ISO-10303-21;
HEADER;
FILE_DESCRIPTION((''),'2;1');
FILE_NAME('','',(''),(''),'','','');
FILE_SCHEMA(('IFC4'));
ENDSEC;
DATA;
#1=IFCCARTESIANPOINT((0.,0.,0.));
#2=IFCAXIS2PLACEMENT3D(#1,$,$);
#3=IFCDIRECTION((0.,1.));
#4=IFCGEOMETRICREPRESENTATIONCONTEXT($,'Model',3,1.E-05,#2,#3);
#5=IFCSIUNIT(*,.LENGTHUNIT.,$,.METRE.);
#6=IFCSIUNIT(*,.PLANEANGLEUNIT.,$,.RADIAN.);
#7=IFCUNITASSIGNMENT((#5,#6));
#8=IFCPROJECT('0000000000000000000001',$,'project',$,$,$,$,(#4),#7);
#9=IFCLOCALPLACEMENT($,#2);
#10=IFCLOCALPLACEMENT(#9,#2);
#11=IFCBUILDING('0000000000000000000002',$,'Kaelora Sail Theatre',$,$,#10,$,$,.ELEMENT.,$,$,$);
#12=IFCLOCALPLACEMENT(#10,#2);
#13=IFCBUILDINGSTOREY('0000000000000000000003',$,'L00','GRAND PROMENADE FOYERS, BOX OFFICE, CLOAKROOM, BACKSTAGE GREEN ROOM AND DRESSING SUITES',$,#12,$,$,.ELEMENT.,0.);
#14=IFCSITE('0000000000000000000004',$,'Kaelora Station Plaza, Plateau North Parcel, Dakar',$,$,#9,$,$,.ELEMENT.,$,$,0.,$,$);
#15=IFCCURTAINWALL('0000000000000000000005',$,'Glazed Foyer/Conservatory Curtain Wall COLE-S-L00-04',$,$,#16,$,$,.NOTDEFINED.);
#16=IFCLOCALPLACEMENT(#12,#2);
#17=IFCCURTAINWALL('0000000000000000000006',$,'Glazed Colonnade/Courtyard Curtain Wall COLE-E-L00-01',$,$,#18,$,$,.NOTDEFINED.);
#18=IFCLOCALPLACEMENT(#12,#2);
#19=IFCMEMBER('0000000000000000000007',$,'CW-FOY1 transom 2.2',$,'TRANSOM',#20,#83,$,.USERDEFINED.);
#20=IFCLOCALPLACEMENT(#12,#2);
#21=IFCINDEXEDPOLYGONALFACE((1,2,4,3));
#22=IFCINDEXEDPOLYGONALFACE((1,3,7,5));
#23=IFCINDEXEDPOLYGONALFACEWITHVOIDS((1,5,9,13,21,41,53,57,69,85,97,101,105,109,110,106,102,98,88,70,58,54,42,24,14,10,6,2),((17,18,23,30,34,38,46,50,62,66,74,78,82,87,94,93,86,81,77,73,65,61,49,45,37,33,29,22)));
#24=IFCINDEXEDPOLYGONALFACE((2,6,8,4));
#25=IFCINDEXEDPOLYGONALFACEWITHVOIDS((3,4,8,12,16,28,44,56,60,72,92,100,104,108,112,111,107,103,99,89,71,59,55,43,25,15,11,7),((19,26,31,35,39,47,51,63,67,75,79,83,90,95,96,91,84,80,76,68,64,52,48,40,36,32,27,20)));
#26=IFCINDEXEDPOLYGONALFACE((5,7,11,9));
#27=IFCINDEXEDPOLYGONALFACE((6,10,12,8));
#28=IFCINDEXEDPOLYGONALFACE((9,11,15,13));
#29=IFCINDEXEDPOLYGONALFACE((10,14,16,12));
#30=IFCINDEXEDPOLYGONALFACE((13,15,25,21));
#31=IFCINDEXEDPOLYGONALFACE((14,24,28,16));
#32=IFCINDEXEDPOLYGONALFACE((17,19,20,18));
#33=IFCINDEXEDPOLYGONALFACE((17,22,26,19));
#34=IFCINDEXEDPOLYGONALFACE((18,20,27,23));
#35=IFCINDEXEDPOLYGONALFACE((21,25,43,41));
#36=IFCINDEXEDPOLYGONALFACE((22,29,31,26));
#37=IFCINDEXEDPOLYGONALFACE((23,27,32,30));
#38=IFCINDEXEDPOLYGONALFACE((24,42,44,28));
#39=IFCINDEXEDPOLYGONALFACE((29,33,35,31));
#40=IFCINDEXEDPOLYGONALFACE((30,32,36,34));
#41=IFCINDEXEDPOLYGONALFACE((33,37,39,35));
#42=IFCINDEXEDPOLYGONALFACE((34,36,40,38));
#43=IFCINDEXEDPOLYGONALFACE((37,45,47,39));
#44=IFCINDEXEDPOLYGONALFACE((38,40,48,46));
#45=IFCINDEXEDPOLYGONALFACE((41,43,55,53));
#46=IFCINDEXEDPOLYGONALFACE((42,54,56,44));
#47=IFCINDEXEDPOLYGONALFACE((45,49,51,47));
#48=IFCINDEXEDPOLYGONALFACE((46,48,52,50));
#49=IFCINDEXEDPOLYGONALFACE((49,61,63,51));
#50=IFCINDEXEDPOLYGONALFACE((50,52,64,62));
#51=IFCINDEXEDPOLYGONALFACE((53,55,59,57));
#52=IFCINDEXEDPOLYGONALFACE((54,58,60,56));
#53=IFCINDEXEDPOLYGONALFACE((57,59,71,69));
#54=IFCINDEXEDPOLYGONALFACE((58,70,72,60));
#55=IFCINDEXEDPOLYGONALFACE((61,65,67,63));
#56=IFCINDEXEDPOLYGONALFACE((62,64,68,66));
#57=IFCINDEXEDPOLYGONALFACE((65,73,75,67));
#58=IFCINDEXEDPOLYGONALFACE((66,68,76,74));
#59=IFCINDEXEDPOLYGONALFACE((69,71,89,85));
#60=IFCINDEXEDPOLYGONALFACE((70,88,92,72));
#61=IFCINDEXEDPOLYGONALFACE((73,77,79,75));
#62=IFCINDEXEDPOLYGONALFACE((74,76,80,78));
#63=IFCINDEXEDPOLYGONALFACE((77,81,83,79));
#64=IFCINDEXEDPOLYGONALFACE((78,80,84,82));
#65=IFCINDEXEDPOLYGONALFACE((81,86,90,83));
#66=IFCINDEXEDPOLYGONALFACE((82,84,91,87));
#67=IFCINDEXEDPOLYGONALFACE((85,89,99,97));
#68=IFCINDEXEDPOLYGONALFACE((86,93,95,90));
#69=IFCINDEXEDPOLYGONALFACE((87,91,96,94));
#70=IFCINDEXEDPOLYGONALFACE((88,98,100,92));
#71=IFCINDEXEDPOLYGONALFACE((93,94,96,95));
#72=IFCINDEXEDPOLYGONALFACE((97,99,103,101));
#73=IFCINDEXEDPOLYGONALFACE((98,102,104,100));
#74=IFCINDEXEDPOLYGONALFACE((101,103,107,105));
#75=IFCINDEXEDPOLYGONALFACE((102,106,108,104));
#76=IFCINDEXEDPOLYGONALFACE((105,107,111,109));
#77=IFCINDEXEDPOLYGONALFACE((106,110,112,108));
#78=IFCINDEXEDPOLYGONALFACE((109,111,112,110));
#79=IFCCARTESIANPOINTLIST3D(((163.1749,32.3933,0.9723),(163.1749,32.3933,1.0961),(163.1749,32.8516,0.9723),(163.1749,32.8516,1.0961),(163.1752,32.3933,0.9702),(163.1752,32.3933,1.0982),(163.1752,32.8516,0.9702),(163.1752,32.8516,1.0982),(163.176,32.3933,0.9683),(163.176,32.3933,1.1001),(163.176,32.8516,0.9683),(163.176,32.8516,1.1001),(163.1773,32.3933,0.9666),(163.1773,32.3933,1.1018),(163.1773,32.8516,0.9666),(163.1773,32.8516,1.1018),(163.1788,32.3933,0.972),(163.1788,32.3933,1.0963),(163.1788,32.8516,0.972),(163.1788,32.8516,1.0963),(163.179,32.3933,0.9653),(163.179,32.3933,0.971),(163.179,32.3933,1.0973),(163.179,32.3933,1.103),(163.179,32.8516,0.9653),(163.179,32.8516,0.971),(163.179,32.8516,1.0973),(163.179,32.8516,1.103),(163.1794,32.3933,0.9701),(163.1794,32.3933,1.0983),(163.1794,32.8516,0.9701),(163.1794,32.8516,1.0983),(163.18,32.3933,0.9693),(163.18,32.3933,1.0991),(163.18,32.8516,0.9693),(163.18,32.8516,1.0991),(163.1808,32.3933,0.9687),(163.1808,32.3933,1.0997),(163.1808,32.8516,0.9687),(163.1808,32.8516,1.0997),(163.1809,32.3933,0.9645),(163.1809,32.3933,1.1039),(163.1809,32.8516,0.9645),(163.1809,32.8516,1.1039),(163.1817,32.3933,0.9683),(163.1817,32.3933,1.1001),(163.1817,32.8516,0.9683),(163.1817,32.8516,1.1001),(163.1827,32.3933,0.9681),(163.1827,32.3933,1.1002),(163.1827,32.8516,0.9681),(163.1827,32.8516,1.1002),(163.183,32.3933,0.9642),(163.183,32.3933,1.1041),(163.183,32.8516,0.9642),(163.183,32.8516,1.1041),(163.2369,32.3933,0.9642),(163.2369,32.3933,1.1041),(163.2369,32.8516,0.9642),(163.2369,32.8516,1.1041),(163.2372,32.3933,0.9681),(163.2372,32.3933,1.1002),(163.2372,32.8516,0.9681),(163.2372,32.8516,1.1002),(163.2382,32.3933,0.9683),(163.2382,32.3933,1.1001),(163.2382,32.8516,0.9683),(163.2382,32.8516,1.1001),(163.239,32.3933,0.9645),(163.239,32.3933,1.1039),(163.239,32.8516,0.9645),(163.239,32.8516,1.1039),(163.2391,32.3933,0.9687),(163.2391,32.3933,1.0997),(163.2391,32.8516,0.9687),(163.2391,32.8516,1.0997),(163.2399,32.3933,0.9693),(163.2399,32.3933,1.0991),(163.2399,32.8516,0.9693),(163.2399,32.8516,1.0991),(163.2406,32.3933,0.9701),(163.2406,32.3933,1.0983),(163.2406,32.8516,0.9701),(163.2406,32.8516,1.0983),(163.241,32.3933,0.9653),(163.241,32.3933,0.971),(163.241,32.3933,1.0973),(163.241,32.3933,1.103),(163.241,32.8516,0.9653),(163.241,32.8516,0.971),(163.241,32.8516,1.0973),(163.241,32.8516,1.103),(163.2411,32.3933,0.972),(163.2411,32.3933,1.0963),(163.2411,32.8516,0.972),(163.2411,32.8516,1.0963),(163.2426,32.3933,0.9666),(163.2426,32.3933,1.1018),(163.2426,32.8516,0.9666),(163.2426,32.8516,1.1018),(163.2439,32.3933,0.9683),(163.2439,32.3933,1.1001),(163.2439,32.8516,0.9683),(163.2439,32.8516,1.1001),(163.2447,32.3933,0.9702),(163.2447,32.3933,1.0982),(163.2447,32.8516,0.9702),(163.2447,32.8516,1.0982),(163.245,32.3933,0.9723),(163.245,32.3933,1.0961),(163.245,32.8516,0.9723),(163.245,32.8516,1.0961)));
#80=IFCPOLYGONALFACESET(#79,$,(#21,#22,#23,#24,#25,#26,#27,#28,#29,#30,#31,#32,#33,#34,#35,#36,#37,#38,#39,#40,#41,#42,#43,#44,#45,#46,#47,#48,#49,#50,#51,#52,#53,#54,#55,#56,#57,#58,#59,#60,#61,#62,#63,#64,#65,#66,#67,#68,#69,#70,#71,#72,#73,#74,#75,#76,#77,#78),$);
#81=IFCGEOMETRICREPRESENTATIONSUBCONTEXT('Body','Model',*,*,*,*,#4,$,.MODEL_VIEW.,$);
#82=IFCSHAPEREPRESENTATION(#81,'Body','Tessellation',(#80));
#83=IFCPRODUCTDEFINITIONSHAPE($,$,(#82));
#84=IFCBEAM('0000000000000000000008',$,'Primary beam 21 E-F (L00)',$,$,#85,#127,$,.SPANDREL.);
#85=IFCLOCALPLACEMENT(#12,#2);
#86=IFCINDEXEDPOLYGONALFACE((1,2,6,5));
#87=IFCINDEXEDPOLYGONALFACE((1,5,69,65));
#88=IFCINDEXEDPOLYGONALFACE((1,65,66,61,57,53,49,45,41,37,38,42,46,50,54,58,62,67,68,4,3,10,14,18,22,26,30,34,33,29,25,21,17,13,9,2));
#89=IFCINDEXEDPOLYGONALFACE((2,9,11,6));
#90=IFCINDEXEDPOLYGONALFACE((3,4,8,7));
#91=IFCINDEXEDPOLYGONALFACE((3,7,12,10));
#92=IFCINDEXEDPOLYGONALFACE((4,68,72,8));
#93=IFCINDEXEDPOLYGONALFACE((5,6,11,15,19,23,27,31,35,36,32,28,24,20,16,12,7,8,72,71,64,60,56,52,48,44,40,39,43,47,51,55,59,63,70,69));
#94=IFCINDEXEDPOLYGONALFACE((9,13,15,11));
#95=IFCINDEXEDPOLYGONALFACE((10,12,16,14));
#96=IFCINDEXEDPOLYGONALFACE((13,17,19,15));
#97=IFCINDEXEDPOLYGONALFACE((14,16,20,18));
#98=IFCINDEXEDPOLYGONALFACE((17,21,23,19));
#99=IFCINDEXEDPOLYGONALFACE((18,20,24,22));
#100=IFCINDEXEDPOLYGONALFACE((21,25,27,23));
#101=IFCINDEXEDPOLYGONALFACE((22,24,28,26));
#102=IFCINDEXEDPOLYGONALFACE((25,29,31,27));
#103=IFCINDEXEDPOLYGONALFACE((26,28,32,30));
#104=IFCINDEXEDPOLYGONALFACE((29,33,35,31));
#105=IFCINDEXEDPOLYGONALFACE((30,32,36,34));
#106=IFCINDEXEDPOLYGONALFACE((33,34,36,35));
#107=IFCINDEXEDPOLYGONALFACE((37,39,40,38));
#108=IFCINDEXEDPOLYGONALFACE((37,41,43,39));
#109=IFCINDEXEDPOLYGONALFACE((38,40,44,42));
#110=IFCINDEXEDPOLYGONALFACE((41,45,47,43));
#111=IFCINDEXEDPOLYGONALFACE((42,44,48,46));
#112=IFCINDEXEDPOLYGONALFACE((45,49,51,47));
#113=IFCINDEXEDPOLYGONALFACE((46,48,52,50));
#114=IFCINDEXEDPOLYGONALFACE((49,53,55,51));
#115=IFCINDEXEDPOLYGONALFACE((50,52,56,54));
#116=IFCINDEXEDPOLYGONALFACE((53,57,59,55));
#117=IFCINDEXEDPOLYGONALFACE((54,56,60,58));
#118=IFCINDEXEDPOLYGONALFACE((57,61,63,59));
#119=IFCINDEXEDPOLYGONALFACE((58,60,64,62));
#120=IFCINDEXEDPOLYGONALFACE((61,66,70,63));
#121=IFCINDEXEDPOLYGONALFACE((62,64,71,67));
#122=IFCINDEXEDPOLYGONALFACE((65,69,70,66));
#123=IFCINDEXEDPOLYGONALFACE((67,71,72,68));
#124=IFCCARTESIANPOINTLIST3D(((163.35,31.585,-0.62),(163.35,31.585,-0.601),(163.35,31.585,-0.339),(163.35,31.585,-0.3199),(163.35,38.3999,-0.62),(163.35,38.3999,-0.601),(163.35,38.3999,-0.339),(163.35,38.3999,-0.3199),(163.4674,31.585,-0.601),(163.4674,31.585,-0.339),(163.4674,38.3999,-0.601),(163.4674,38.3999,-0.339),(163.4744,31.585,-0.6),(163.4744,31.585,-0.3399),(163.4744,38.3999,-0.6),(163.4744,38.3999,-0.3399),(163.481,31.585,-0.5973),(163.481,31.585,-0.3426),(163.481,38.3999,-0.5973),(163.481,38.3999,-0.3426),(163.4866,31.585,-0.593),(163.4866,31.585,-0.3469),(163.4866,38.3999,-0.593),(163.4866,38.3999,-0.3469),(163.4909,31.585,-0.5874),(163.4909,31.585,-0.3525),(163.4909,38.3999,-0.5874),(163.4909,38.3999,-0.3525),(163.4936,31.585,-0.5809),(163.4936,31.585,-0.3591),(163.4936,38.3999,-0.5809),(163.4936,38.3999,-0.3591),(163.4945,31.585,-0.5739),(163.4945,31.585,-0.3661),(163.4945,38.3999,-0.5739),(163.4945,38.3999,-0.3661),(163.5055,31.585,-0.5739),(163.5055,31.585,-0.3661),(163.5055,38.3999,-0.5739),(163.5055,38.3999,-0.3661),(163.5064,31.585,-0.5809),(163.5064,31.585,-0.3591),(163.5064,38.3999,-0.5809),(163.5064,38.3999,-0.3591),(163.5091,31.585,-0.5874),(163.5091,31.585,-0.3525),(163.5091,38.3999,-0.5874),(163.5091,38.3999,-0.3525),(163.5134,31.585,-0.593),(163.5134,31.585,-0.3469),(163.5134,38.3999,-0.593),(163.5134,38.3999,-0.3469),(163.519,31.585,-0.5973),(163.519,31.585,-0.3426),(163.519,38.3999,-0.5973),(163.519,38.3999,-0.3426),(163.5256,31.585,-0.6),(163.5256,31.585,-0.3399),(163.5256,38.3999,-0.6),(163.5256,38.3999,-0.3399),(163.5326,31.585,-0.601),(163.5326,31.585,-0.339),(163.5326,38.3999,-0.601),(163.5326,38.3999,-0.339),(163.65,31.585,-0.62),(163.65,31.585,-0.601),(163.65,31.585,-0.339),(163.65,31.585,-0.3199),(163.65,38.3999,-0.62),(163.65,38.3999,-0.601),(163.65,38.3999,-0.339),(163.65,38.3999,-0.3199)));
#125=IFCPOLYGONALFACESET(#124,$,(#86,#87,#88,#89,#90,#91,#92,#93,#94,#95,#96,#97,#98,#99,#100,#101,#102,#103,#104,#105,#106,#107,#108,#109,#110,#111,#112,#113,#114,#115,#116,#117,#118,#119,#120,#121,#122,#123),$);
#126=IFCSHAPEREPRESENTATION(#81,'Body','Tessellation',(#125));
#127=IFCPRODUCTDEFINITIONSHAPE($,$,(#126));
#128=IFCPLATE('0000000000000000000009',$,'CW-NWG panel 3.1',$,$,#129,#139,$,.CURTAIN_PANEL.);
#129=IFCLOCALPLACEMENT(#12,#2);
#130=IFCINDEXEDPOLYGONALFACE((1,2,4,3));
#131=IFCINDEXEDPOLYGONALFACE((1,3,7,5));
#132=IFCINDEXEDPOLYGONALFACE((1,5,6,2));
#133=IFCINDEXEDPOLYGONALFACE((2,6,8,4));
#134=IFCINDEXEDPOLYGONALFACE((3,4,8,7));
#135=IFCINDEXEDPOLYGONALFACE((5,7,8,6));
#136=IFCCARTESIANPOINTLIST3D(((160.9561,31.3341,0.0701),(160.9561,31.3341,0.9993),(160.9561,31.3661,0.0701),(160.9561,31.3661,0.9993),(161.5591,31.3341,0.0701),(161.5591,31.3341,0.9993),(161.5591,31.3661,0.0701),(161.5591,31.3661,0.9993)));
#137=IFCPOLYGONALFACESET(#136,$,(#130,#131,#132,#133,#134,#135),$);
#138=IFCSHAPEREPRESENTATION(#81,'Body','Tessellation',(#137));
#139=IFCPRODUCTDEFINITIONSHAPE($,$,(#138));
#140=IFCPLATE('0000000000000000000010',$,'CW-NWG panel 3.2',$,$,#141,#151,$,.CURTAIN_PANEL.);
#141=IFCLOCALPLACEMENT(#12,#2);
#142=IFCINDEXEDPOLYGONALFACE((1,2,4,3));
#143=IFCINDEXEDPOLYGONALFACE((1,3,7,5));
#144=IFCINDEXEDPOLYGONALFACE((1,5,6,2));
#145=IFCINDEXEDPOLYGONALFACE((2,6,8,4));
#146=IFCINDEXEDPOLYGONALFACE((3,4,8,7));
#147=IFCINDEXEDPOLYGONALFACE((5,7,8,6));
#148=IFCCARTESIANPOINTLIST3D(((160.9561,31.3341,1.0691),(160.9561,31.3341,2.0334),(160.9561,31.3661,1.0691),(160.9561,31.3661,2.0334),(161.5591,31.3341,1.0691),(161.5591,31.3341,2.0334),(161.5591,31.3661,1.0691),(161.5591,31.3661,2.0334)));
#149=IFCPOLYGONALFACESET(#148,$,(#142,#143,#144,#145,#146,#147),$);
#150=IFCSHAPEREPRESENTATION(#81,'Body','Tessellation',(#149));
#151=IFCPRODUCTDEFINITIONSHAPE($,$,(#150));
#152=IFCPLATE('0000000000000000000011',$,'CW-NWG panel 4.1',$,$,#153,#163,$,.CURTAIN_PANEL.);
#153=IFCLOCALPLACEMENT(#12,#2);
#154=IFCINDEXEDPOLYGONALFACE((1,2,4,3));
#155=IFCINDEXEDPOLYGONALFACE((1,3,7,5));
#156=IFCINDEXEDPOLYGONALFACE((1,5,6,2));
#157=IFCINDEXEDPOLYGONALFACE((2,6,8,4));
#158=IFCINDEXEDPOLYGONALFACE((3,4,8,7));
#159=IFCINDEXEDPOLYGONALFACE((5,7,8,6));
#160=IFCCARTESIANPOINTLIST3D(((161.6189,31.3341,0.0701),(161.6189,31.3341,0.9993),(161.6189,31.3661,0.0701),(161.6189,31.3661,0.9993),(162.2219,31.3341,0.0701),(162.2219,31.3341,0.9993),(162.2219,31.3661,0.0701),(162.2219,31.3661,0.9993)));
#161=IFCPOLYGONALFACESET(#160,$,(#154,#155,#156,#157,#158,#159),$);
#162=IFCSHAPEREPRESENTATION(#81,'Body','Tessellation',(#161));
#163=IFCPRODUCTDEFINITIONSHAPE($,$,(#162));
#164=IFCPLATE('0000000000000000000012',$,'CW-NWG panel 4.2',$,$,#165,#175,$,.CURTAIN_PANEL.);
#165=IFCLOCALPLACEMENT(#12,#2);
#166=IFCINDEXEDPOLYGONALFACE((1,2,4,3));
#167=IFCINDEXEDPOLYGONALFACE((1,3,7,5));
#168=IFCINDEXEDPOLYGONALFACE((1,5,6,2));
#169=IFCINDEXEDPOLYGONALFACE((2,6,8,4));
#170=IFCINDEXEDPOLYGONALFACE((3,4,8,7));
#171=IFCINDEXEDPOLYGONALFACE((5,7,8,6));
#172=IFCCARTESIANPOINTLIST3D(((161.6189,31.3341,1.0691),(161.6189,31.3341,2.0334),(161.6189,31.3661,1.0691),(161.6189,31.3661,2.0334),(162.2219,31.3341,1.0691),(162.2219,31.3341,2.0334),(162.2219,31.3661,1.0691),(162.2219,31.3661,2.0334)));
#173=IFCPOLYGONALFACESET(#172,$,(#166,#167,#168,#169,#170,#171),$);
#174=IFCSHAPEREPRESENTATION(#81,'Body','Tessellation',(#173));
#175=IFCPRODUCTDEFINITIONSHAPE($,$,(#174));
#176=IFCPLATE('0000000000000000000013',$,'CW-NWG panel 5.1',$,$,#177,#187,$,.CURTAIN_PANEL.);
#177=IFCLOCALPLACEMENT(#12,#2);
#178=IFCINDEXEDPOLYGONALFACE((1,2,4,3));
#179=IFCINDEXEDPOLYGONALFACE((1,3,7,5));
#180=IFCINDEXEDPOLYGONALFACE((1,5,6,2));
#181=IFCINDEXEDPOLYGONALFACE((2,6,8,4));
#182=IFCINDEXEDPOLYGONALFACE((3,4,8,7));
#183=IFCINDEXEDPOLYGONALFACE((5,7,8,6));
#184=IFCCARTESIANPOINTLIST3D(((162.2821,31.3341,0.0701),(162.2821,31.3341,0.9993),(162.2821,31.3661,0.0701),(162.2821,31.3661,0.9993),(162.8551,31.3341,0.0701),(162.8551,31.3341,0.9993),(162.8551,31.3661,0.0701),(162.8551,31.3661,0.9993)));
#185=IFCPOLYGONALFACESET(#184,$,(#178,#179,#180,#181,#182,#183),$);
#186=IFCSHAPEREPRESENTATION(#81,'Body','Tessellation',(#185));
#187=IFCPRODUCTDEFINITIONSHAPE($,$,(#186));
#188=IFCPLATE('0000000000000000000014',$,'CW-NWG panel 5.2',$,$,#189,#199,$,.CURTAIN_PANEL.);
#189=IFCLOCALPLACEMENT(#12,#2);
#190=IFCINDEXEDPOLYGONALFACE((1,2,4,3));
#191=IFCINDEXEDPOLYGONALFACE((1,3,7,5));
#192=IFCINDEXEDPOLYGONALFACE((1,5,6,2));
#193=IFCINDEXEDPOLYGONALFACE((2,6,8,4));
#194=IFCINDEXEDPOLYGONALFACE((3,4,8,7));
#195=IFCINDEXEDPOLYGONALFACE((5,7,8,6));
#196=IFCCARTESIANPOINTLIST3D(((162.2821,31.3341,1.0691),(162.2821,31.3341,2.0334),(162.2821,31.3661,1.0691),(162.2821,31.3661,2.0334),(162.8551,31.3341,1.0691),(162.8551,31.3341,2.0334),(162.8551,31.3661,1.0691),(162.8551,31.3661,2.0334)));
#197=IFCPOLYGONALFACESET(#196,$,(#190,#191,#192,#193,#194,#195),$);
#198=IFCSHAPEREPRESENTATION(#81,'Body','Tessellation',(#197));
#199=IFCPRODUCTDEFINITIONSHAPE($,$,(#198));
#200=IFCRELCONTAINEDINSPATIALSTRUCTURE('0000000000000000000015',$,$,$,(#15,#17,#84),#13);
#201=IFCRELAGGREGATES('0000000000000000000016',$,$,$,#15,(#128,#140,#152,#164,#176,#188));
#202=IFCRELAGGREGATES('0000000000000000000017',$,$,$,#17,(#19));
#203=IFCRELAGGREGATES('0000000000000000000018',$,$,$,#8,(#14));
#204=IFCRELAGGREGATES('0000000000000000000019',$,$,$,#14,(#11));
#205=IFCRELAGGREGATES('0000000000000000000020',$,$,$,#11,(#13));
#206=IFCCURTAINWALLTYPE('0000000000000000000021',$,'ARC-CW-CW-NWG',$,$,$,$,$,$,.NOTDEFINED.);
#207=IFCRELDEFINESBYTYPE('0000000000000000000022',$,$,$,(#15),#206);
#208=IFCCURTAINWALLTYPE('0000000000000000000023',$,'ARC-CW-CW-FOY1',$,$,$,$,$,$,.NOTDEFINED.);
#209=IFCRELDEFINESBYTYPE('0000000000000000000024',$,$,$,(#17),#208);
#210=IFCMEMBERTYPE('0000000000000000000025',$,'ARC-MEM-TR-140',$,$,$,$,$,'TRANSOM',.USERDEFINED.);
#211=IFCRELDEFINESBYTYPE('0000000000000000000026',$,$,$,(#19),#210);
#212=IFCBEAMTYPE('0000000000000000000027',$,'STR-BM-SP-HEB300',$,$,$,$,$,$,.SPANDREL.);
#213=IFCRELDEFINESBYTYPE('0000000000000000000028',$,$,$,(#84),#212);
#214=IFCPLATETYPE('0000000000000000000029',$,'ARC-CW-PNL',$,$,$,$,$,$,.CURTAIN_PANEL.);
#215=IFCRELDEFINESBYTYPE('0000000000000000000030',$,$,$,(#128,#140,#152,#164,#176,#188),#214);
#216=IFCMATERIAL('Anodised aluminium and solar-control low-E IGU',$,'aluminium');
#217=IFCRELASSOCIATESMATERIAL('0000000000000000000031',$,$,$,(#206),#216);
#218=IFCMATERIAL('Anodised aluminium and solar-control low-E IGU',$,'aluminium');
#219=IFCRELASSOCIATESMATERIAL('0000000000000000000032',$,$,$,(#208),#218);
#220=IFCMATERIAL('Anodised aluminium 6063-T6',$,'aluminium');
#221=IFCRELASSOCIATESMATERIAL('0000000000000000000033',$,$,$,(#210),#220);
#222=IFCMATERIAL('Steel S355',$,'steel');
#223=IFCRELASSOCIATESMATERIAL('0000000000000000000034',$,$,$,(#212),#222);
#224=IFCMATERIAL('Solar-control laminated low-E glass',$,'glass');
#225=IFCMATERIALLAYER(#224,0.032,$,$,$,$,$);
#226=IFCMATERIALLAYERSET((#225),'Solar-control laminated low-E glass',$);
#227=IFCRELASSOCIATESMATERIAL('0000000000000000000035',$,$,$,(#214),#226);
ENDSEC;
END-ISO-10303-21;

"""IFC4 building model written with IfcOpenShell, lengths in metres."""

from ifc_helpers import new_model, si_unit, direction, frame, origin, origin_2d, place, context, subcontext, project, spatial, rectangle, hollow_rectangle, i_section, extrude, material, layer, layer_set, material_profile, profile_set, type_object, element, aggregate, save


model = new_model("IFC4")

# Units and contexts
model_context = context("Model", 3, precision=1e-05, world=origin(), true_north=direction((0.0, 1.0)))
body_context = subcontext(model_context, "Body", "Model", "MODEL_VIEW")
ifc_project = project(units=[si_unit("LENGTHUNIT", "METRE"), si_unit("PLANEANGLEUNIT", "RADIAN")], contexts=[model_context])

# Site, building, storey
site_placement = place(None, origin())
site = spatial("IfcSite", under=ifc_project, at=site_placement, Name="Kaelora Station Plaza, Plateau North Parcel, Dakar", CompositionType="ELEMENT", RefElevation=0.0)
building_placement = place(site_placement, origin())
building = spatial("IfcBuilding", under=site, at=building_placement, Name="Kaelora Sail Theatre", CompositionType="ELEMENT")
storey_placement = place(building_placement, origin())
storey = spatial("IfcBuildingStorey", under=building, at=storey_placement, Name="L00", Description="GRAND PROMENADE FOYERS, BOX OFFICE, CLOAKROOM, BACKSTAGE GREEN ROOM AND DRESSING SUITES", CompositionType="ELEMENT", Elevation=0.0)

# Curtain walls
ifc_material_1 = material(Name="Anodised aluminium and solar-control low-E IGU", Category="aluminium")
curtain_wall_type_1 = type_object("IfcCurtainWallType", Name="ARC-CW-CW-NWG", PredefinedType="NOTDEFINED", material=ifc_material_1)
curtain_wall_1_placement = place(storey_placement, origin())
curtain_wall_1 = element("IfcCurtainWall", 1, at=curtain_wall_1_placement, inside=storey, type_object=curtain_wall_type_1, Name="Glazed Foyer/Conservatory Curtain Wall COLE-S-L00-04", PredefinedType="NOTDEFINED")
ifc_material_2 = material(Name="Anodised aluminium and solar-control low-E IGU", Category="aluminium")
curtain_wall_type_2 = type_object("IfcCurtainWallType", Name="ARC-CW-CW-FOY1", PredefinedType="NOTDEFINED", material=ifc_material_2)
curtain_wall_2_placement = place(storey_placement, origin())
curtain_wall_2 = element("IfcCurtainWall", 2, at=curtain_wall_2_placement, inside=storey, type_object=curtain_wall_type_2, Name="Glazed Colonnade/Courtyard Curtain Wall COLE-E-L00-01", PredefinedType="NOTDEFINED")

# Member
ifc_material_3 = material(Name="Anodised aluminium 6063-T6", Category="aluminium")
ifc_material_profile_1 = material_profile(ifc_material_3, hollow_rectangle(XDim=0.0701, YDim=0.1399, WallThickness=0.0039, InnerFilletRadius=0.0039, OuterFilletRadius=0.0081, at=origin_2d()), Name="ALU-TRAN 70x140x4")
ifc_profile_set_1 = profile_set([ifc_material_profile_1], Name="Anodised aluminium 6063-T6")
member_type_1 = type_object("IfcMemberType", Name="ARC-MEM-TR-140", ElementType="TRANSOM", PredefinedType="USERDEFINED", material=ifc_profile_set_1)
member_1_placement = place(storey_placement, frame((163.21, 32.3933, 1.0342), z_axis=(0.0, 1.0, 0.0), x_axis=(-1.0, 0.0, 0.0)))
member_1 = element("IfcMember", 3, at=member_1_placement, type_object=member_type_1, Name="CW-FOY1 transom 2.2", ObjectType="TRANSOM", PredefinedType="USERDEFINED", context=body_context, shape_type="SweptSolid", body=[
    extrude(hollow_rectangle(XDim=0.0701, YDim=0.1399, WallThickness=0.0039, InnerFilletRadius=0.0039, OuterFilletRadius=0.0081, at=origin_2d()), origin(), (0.0, 0.0, 1.0), 0.4583),
])

# Beam
ifc_material_4 = material(Name="Steel S355", Category="steel")
ifc_material_profile_2 = material_profile(ifc_material_4, i_section(OverallWidth=0.3, OverallDepth=0.3, WebThickness=0.011, FlangeThickness=0.019, FilletRadius=0.0271, at=origin_2d()), Name="HEB 300")
ifc_profile_set_2 = profile_set([ifc_material_profile_2], Name="Steel S355")
beam_type = type_object("IfcBeamType", Name="STR-BM-SP-HEB300", PredefinedType="SPANDREL", material=ifc_profile_set_2)
beam_placement = place(storey_placement, frame((163.5, 31.585, -0.47), z_axis=(0.0, 1.0, 0.0), x_axis=(-1.0, 0.0, 0.0)))
element("IfcBeam", 4, at=beam_placement, inside=storey, type_object=beam_type, Name="Primary beam 21 E-F (L00)", PredefinedType="SPANDREL", context=body_context, shape_type="SweptSolid", body=[
    extrude(i_section(OverallWidth=0.3, OverallDepth=0.3, WebThickness=0.011, FlangeThickness=0.019, FilletRadius=0.0271, at=origin_2d()), origin(), (0.0, 0.0, 1.0), 6.8149),
])

# Plates
ifc_material_5 = material(Name="Solar-control laminated low-E glass", Category="glass")
ifc_layer = layer(ifc_material_5, 0.032)
ifc_layer_set = layer_set([ifc_layer], Name="Solar-control laminated low-E glass")
plate_type = type_object("IfcPlateType", Name="ARC-CW-PNL", PredefinedType="CURTAIN_PANEL", material=ifc_layer_set)
plate_1_placement = place(storey_placement, frame((161.2576, 31.3501, 0.0701), z_axis=(0.0, 0.0, 1.0), x_axis=(1.0, 0.0, 0.0)))
plate_1 = element("IfcPlate", 5, at=plate_1_placement, type_object=plate_type, Name="CW-NWG panel 3.1", PredefinedType="CURTAIN_PANEL", context=body_context, shape_type="SweptSolid", body=[
    extrude(rectangle(XDim=0.603, YDim=0.032, at=origin_2d()), origin(), (0.0, 0.0, 1.0), 0.9292),
])
plate_2_placement = place(storey_placement, frame((161.2576, 31.3501, 1.0691), z_axis=(0.0, 0.0, 1.0), x_axis=(1.0, 0.0, 0.0)))
plate_2 = element("IfcPlate", 6, at=plate_2_placement, type_object=plate_type, Name="CW-NWG panel 3.2", PredefinedType="CURTAIN_PANEL", context=body_context, shape_type="SweptSolid", body=[
    extrude(rectangle(XDim=0.603, YDim=0.032, at=origin_2d()), origin(), (0.0, 0.0, 1.0), 0.9644),
])
plate_3_placement = place(storey_placement, frame((161.9204, 31.3501, 0.0701), z_axis=(0.0, 0.0, 1.0), x_axis=(1.0, 0.0, 0.0)))
plate_3 = element("IfcPlate", 7, at=plate_3_placement, type_object=plate_type, Name="CW-NWG panel 4.1", PredefinedType="CURTAIN_PANEL", context=body_context, shape_type="SweptSolid", body=[
    extrude(rectangle(XDim=0.603, YDim=0.032, at=origin_2d()), origin(), (0.0, 0.0, 1.0), 0.9292),
])
plate_4_placement = place(storey_placement, frame((161.9204, 31.3501, 1.0691), z_axis=(0.0, 0.0, 1.0), x_axis=(1.0, 0.0, 0.0)))
plate_4 = element("IfcPlate", 8, at=plate_4_placement, type_object=plate_type, Name="CW-NWG panel 4.2", PredefinedType="CURTAIN_PANEL", context=body_context, shape_type="SweptSolid", body=[
    extrude(rectangle(XDim=0.603, YDim=0.032, at=origin_2d()), origin(), (0.0, 0.0, 1.0), 0.9644),
])
plate_5_placement = place(storey_placement, frame((162.5686, 31.3501, 0.0701), z_axis=(0.0, 0.0, 1.0), x_axis=(1.0, 0.0, 0.0)))
plate_5 = element("IfcPlate", 9, at=plate_5_placement, type_object=plate_type, Name="CW-NWG panel 5.1", PredefinedType="CURTAIN_PANEL", context=body_context, shape_type="SweptSolid", body=[
    extrude(rectangle(XDim=0.573, YDim=0.032, at=origin_2d()), origin(), (0.0, 0.0, 1.0), 0.9292),
])
plate_6_placement = place(storey_placement, frame((162.5686, 31.3501, 1.0691), z_axis=(0.0, 0.0, 1.0), x_axis=(1.0, 0.0, 0.0)))
plate_6 = element("IfcPlate", 10, at=plate_6_placement, type_object=plate_type, Name="CW-NWG panel 5.2", PredefinedType="CURTAIN_PANEL", context=body_context, shape_type="SweptSolid", body=[
    extrude(rectangle(XDim=0.573, YDim=0.032, at=origin_2d()), origin(), (0.0, 0.0, 1.0), 0.9644),
])
aggregate(curtain_wall_1, [plate_1, plate_2, plate_3, plate_4, plate_5, plate_6])
aggregate(curtain_wall_2, [member_1])

save(model, "model.ifc")
